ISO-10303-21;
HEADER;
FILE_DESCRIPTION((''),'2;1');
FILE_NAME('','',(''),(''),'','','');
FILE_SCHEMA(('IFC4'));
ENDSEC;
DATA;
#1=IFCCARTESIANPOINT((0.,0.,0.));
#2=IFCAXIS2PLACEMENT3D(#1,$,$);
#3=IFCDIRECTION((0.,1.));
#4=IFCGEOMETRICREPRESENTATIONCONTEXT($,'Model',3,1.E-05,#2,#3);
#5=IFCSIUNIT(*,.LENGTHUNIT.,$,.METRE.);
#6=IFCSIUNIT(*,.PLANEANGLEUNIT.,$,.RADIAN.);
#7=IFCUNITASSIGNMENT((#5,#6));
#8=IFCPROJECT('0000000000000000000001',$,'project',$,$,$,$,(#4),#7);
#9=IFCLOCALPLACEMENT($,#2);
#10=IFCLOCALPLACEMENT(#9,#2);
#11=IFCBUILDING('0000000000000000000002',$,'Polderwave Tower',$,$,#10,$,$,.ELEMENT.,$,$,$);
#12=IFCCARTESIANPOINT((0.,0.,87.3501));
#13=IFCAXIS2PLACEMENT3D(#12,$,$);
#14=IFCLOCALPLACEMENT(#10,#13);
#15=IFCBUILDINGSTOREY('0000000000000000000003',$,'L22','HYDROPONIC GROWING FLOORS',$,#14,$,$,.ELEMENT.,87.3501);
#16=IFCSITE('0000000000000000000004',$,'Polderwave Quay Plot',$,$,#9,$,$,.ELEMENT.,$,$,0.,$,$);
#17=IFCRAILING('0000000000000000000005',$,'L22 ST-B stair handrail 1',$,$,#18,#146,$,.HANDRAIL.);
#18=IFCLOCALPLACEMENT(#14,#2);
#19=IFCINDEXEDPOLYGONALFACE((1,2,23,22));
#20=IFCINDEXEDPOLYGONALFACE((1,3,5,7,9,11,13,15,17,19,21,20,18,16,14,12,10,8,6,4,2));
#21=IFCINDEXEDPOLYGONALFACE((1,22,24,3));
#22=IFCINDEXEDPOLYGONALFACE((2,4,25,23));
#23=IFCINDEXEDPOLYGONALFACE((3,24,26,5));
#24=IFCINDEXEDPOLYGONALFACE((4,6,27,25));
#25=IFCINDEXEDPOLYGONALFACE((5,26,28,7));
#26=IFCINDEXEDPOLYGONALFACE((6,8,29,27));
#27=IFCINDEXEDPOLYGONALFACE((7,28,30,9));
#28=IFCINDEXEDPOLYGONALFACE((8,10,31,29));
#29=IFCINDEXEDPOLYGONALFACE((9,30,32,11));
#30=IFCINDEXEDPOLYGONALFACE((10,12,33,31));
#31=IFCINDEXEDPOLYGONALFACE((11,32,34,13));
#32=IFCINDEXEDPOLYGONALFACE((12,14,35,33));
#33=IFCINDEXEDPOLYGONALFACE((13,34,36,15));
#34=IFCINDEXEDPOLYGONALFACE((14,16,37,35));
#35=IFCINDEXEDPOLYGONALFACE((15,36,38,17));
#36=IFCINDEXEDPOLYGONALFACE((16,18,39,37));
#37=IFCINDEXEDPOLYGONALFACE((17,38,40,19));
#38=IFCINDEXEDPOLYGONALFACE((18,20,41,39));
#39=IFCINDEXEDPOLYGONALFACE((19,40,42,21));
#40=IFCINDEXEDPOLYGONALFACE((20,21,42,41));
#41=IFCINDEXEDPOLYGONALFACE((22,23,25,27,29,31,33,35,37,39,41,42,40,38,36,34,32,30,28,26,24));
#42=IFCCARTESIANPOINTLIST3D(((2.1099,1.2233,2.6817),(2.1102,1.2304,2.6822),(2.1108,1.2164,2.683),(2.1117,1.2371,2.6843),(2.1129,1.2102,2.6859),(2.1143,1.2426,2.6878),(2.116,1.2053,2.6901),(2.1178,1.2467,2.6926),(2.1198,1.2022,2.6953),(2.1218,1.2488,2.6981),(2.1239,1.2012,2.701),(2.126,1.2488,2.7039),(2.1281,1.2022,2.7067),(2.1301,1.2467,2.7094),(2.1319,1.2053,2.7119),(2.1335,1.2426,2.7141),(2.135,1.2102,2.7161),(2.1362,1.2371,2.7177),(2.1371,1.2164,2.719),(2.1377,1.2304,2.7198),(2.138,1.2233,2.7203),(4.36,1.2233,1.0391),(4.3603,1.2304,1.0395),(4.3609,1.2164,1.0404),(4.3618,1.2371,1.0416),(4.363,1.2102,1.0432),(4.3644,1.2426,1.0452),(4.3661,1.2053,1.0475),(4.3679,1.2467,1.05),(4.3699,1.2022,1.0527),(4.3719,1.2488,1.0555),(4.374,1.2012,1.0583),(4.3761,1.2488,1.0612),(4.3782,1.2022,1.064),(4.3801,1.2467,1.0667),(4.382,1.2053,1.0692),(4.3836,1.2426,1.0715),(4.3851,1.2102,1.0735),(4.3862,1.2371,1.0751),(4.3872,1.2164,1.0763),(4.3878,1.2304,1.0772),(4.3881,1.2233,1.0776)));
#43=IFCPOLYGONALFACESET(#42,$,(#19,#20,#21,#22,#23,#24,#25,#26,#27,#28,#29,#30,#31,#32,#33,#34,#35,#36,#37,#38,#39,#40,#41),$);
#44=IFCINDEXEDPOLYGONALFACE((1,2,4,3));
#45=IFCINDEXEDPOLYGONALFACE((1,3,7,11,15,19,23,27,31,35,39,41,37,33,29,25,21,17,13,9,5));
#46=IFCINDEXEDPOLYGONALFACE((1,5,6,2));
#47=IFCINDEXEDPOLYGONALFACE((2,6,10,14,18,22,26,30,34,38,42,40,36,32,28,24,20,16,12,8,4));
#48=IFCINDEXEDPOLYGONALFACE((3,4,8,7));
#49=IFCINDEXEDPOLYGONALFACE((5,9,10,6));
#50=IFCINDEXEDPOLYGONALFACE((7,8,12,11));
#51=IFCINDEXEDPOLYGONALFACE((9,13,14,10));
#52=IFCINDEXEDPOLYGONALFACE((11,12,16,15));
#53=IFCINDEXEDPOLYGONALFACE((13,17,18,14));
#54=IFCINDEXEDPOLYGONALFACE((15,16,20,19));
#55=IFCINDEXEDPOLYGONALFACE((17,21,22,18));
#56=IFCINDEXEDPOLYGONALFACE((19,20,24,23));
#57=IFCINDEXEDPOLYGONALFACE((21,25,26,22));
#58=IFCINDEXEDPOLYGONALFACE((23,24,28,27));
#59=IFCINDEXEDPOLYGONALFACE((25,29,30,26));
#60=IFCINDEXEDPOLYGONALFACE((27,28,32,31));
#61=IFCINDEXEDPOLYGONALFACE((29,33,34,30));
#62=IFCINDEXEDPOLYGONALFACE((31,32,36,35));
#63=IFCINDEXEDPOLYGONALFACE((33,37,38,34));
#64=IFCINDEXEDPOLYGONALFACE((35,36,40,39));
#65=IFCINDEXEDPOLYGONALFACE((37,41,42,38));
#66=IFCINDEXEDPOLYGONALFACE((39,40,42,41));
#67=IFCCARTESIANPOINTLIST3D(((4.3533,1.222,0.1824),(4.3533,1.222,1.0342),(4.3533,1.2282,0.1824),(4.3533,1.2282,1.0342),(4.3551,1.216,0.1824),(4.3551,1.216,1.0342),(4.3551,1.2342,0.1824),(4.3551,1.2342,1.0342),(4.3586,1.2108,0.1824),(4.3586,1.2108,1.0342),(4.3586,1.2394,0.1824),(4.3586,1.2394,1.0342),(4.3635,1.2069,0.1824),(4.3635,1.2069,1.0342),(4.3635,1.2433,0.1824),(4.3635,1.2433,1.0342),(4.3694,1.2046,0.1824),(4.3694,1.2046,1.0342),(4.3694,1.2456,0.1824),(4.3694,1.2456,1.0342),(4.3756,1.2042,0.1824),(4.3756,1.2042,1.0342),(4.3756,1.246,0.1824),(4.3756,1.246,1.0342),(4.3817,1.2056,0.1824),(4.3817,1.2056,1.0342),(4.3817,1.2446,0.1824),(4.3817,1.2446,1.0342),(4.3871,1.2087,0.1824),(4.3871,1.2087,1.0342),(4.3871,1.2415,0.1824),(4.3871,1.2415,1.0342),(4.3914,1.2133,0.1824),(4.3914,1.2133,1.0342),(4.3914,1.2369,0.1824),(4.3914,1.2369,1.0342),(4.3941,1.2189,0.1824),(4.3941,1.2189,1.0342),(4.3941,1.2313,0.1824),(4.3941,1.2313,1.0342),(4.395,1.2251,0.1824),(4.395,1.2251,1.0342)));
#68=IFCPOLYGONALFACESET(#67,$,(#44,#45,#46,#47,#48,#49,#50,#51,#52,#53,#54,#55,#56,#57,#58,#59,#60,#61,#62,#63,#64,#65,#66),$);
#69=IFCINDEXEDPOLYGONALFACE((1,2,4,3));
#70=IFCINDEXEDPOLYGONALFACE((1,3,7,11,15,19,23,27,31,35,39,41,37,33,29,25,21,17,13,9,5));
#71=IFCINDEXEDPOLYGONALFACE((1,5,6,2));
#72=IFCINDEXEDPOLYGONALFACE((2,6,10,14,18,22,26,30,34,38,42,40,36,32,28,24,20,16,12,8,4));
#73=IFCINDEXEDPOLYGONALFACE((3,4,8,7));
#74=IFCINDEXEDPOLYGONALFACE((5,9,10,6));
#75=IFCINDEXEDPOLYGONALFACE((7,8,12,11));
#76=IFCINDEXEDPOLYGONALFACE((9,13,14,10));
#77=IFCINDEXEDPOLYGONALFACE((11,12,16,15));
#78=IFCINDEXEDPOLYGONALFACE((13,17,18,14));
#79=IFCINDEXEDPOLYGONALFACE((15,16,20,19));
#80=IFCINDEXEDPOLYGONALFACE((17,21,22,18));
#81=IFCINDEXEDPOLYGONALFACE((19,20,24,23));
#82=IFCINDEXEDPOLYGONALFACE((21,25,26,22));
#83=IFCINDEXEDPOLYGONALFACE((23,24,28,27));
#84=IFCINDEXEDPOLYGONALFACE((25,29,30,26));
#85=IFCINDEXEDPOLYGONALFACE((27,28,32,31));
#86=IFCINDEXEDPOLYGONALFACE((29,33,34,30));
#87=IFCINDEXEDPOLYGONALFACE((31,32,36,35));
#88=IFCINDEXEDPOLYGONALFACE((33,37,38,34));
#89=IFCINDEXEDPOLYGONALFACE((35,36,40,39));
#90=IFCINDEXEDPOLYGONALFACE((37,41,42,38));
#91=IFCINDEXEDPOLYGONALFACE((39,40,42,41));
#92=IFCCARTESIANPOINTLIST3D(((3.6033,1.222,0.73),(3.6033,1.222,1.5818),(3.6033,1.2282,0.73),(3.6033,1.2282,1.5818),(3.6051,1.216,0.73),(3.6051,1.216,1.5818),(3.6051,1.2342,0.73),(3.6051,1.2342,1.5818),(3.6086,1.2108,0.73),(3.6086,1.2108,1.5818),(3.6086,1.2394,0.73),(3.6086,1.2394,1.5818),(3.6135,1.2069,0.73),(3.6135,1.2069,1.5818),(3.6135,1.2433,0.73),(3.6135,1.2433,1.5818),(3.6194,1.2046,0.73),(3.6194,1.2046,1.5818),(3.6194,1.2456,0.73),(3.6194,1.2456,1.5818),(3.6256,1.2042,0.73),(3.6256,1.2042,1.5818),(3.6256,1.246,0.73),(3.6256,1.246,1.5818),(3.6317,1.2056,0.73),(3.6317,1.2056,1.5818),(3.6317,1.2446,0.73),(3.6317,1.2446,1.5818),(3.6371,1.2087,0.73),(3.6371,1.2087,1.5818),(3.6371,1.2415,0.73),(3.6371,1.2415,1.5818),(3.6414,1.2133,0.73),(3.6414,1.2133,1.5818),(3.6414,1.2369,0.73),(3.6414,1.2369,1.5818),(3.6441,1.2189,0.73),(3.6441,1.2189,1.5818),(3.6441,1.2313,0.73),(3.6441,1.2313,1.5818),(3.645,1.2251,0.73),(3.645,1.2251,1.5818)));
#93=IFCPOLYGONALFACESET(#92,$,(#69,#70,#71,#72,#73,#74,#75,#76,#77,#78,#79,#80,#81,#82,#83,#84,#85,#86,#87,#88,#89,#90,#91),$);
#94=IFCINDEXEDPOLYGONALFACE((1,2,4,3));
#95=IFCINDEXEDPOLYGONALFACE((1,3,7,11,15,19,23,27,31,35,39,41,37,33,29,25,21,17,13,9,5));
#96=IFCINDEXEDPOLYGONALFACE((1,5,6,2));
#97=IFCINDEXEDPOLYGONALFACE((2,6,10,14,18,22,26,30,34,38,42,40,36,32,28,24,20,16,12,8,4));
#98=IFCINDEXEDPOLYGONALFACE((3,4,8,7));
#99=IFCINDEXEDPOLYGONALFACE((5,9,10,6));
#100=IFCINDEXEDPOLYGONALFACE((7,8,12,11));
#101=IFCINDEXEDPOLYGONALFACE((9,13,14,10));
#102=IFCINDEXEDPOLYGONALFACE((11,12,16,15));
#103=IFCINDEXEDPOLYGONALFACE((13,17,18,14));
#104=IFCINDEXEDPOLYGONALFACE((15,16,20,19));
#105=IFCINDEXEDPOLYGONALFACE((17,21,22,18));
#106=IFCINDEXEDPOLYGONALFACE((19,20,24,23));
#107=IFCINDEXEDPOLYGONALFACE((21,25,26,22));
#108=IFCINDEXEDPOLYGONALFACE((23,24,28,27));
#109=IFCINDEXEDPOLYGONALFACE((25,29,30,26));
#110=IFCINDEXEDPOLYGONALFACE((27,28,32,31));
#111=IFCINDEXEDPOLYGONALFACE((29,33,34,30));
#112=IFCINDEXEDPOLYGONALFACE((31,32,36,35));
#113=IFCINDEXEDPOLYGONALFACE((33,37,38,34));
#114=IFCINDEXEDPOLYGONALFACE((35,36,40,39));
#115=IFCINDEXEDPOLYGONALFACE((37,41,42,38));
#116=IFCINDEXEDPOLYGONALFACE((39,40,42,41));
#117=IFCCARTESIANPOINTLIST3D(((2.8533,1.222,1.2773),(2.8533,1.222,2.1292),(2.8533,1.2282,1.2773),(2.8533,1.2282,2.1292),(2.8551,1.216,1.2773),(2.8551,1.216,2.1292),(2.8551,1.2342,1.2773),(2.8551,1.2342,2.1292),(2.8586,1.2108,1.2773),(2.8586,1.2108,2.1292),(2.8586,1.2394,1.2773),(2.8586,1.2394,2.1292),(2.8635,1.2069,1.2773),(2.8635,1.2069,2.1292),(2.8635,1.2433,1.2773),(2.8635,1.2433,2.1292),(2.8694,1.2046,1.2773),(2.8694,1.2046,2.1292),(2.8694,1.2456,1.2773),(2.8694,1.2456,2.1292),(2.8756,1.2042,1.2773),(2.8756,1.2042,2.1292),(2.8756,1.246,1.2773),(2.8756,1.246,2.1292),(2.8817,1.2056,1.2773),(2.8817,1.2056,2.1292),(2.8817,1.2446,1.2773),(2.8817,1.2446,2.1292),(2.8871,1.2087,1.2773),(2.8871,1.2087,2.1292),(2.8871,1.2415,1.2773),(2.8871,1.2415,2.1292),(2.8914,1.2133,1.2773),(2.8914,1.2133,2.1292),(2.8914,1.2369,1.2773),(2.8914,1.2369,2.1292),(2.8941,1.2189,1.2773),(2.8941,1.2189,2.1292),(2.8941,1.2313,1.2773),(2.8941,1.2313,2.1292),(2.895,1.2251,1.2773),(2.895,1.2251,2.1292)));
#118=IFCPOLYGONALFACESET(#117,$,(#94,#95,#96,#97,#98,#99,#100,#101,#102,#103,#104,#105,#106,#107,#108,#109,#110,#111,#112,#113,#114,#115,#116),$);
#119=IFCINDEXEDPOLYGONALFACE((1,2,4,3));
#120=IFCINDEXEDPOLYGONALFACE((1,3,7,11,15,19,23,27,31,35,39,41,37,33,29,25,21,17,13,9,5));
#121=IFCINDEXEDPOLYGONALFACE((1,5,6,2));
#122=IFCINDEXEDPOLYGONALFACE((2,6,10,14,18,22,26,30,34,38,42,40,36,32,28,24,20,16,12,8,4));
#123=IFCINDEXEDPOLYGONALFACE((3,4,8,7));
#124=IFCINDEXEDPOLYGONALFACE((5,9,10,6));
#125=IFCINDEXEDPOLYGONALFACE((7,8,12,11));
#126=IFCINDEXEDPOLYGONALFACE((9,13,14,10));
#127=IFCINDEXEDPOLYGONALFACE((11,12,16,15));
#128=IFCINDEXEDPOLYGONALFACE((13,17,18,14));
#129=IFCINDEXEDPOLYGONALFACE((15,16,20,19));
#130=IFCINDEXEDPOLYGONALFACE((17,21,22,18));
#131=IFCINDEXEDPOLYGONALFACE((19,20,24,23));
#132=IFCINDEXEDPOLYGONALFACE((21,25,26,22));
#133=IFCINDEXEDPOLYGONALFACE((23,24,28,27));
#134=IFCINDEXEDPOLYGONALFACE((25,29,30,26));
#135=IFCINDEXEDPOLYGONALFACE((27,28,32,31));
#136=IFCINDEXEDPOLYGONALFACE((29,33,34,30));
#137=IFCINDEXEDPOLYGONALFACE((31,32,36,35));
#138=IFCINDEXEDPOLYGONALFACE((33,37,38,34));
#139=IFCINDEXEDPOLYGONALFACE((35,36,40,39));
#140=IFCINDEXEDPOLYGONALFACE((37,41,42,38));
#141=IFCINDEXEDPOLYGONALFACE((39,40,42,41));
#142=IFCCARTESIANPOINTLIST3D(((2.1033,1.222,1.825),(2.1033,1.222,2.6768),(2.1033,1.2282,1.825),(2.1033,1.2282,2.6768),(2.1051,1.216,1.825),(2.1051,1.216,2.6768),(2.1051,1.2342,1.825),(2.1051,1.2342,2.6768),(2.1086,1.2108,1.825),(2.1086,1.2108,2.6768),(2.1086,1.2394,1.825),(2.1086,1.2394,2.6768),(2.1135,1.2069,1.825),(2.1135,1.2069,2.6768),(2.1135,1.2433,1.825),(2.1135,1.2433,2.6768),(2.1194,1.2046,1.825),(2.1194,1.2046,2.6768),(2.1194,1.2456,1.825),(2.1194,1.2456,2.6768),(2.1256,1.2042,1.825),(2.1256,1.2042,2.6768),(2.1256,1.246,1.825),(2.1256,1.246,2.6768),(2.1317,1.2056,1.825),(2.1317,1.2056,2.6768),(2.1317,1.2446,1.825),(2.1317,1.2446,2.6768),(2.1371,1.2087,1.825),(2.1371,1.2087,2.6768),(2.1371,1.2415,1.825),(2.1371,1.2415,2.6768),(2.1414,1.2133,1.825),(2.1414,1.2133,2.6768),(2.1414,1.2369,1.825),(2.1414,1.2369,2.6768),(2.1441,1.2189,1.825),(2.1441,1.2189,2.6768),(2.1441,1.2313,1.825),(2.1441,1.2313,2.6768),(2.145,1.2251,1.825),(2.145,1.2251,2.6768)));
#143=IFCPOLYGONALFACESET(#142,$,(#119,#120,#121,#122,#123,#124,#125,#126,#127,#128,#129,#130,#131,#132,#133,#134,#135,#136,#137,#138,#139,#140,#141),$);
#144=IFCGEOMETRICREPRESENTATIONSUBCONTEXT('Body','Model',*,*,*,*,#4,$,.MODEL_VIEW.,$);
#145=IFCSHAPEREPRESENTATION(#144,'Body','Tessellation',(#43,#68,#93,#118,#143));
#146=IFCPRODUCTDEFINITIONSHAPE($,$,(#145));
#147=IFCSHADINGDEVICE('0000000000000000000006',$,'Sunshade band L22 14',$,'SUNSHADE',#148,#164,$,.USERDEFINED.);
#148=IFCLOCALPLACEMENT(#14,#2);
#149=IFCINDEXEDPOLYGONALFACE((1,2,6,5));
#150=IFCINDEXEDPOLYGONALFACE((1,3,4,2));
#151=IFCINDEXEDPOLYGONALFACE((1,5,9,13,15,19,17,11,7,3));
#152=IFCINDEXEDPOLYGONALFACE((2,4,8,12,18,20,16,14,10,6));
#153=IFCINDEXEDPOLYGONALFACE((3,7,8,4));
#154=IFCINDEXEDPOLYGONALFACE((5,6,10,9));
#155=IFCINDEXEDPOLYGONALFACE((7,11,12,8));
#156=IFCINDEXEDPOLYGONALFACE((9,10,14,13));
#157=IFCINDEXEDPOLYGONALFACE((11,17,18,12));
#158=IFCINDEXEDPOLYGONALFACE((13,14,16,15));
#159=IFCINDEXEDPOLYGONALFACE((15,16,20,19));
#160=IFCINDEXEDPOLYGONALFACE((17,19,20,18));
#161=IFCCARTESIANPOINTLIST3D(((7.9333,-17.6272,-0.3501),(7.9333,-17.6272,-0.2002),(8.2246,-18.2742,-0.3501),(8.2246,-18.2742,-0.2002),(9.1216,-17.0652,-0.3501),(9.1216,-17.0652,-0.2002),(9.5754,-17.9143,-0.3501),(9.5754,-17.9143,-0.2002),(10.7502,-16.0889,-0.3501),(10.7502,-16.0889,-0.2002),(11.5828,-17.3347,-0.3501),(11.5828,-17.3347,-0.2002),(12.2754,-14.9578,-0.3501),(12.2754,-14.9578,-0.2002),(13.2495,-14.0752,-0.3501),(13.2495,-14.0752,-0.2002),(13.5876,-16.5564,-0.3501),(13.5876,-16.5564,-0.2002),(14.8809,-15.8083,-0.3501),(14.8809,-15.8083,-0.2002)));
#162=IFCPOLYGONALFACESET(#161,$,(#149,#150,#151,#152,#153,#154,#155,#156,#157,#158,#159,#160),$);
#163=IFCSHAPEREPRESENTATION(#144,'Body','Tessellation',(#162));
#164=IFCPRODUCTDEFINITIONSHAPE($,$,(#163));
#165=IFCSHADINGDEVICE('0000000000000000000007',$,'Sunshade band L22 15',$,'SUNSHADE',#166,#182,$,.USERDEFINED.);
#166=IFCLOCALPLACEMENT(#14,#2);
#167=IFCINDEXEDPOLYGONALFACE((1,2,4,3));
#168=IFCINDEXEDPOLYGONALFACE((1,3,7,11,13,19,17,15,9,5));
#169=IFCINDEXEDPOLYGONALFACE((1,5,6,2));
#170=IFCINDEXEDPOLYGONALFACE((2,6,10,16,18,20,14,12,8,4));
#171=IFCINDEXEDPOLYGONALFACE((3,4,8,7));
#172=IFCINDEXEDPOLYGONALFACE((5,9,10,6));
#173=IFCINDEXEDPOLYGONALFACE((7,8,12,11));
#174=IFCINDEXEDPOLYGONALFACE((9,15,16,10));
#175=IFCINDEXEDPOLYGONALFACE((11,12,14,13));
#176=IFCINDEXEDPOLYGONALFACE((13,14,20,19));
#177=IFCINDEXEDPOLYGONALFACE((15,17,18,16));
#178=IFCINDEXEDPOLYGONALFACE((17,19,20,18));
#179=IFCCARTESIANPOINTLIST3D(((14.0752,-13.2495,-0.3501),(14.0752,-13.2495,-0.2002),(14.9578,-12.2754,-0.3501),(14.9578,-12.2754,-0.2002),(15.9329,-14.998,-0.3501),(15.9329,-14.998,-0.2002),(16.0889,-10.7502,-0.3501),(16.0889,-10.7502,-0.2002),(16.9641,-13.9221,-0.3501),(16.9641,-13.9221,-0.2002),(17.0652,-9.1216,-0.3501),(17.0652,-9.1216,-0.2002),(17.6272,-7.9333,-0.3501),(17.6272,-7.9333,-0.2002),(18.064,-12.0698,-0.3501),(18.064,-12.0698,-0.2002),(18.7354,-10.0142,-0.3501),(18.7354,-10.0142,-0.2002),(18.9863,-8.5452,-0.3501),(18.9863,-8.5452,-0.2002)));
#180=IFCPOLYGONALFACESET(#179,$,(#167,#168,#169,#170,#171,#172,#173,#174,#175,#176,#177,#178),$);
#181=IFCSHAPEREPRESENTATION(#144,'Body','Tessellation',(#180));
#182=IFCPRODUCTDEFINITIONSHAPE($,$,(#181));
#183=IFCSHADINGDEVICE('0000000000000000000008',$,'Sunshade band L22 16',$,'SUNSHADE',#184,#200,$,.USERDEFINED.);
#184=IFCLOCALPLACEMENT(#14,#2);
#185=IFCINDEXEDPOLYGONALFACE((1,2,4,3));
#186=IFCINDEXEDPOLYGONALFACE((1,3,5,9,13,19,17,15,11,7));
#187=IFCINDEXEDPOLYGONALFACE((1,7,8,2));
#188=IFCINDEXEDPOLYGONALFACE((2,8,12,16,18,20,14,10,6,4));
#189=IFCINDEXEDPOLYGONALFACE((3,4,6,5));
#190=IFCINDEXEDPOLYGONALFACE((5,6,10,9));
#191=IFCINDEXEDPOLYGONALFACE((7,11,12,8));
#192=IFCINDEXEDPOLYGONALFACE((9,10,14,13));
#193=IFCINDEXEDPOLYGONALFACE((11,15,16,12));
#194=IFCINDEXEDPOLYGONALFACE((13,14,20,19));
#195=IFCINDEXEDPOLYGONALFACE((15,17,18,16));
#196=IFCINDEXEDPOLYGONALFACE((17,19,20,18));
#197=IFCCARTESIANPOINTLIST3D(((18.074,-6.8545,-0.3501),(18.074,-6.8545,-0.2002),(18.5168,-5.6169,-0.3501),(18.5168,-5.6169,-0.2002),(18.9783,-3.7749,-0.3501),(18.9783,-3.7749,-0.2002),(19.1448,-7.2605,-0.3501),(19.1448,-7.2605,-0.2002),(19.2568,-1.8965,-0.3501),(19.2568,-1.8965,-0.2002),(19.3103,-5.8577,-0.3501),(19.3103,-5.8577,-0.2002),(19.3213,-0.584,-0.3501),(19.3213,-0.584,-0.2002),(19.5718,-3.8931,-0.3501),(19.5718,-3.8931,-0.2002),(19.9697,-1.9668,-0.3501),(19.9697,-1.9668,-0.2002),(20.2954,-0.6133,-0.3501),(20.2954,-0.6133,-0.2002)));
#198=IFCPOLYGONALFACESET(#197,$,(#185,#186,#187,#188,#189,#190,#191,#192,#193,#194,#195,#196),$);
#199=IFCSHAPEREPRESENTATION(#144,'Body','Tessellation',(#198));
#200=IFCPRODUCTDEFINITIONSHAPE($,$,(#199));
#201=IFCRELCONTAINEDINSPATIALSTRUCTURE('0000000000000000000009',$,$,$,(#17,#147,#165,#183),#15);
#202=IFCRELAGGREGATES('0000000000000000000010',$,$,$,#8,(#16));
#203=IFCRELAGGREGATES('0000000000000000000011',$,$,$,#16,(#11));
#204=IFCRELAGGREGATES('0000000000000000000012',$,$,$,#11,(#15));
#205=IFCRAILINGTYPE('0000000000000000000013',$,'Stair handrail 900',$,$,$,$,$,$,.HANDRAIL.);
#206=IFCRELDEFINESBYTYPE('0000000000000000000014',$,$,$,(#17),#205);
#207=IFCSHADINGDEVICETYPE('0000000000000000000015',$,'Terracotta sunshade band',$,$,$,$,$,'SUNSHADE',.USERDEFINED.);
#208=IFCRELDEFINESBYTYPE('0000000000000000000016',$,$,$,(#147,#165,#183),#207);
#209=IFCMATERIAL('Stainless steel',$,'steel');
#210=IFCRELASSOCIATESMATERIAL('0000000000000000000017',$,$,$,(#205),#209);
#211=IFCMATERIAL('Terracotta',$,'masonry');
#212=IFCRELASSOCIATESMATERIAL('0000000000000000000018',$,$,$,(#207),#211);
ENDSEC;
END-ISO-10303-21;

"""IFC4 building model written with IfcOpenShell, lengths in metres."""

from ifc_helpers import new_model, si_unit, direction, frame, origin, origin_2d, place, context, subcontext, project, spatial, polyline, circle, outline, extrude, material, type_object, element, save


model = new_model("IFC4")

# Units and contexts
model_context = context("Model", 3, precision=1e-05, world=origin(), true_north=direction((0.0, 1.0)))
body_context = subcontext(model_context, "Body", "Model", "MODEL_VIEW")
ifc_project = project(units=[si_unit("LENGTHUNIT", "METRE"), si_unit("PLANEANGLEUNIT", "RADIAN")], contexts=[model_context])

# Site, building, storey
site_placement = place(None, origin())
site = spatial("IfcSite", under=ifc_project, at=site_placement, Name="Polderwave Quay Plot", CompositionType="ELEMENT", RefElevation=0.0)
building_placement = place(site_placement, origin())
building = spatial("IfcBuilding", under=site, at=building_placement, Name="Polderwave Tower", CompositionType="ELEMENT")
storey_placement = place(building_placement, frame((0.0, 0.0, 87.3501)))
storey = spatial("IfcBuildingStorey", under=building, at=storey_placement, Name="L22", Description="HYDROPONIC GROWING FLOORS", CompositionType="ELEMENT", Elevation=87.3501)

# Railing
ifc_material_1 = material(Name="Stainless steel", Category="steel")
railing_type_1 = type_object("IfcRailingType", Name="Stair handrail 900", PredefinedType="HANDRAIL", material=ifc_material_1)
railing_1_placement = place(storey_placement, frame((4.374, 1.2251, 0.1824)))
element("IfcRailing", 1, at=railing_1_placement, inside=storey, type_object=railing_type_1, Name="L22 ST-B stair handrail 1", PredefinedType="HANDRAIL", context=body_context, shape_type="SweptSolid", body=[
    extrude(circle(Radius=0.0239, at=origin_2d()), frame((0.0, 0.0, 0.876), z_axis=(-0.807674, 0.0, 0.58963), x_axis=(0.0, -1.0, 0.0)), (0.0, 0.0, 1.0), 2.7859),
    extrude(circle(Radius=0.021, at=origin_2d()), origin(), (0.0, 0.0, 1.0), 0.8518),
    extrude(circle(Radius=0.021, at=origin_2d()), frame((-0.75, 0.0, 0.5476)), (0.0, 0.0, 1.0), 0.8518),
    extrude(circle(Radius=0.021, at=origin_2d()), frame((-1.5, 0.0, 1.095)), (0.0, 0.0, 1.0), 0.8518),
    extrude(circle(Radius=0.021, at=origin_2d()), frame((-2.25, 0.0, 1.6426)), (0.0, 0.0, 1.0), 0.8518),
])

# Shading devices
ifc_material_2 = material(Name="Terracotta", Category="masonry")
shading_device_type = type_object("IfcShadingDeviceType", Name="Terracotta sunshade band", ElementType="SUNSHADE", PredefinedType="USERDEFINED", material=ifc_material_2)
shading_device_1_placement = place(storey_placement, frame((0.0, 0.0, -0.3501)))
element("IfcShadingDevice", 2, at=shading_device_1_placement, inside=storey, type_object=shading_device_type, Name="Sunshade band L22 14", ObjectType="SUNSHADE", PredefinedType="USERDEFINED", context=body_context, shape_type="SweptSolid", body=[
    extrude(outline(polyline([(7.9333, -17.6272), (9.1216, -17.0652), (10.7502, -16.0889), (12.2754, -14.9578), (13.2495, -14.0752), (14.8809, -15.8083), (13.5876, -16.5564), (11.5828, -17.3347), (9.5754, -17.9143), (8.2246, -18.2742), (7.9333, -17.6272)])), origin(), (0.0, 0.0, 1.0), 0.1499),
])
shading_device_2_placement = place(storey_placement, frame((0.0, 0.0, -0.3501)))
element("IfcShadingDevice", 3, at=shading_device_2_placement, inside=storey, type_object=shading_device_type, Name="Sunshade band L22 15", ObjectType="SUNSHADE", PredefinedType="USERDEFINED", context=body_context, shape_type="SweptSolid", body=[
    extrude(outline(polyline([(14.0752, -13.2495), (14.9578, -12.2754), (16.0889, -10.7502), (17.0652, -9.1216), (17.6272, -7.9333), (18.9863, -8.5452), (18.7354, -10.0142), (18.064, -12.0698), (16.9641, -13.9221), (15.9329, -14.998), (14.0752, -13.2495)])), origin(), (0.0, 0.0, 1.0), 0.1499),
])
shading_device_3_placement = place(storey_placement, frame((0.0, 0.0, -0.3501)))
element("IfcShadingDevice", 4, at=shading_device_3_placement, inside=storey, type_object=shading_device_type, Name="Sunshade band L22 16", ObjectType="SUNSHADE", PredefinedType="USERDEFINED", context=body_context, shape_type="SweptSolid", body=[
    extrude(outline(polyline([(18.074, -6.8545), (18.5168, -5.6169), (18.9783, -3.7749), (19.2568, -1.8965), (19.3213, -0.584), (20.2954, -0.6133), (19.9697, -1.9668), (19.5718, -3.8931), (19.3103, -5.8577), (19.1448, -7.2605), (18.074, -6.8545)])), origin(), (0.0, 0.0, 1.0), 0.1499),
])

save(model, "model.ifc")
